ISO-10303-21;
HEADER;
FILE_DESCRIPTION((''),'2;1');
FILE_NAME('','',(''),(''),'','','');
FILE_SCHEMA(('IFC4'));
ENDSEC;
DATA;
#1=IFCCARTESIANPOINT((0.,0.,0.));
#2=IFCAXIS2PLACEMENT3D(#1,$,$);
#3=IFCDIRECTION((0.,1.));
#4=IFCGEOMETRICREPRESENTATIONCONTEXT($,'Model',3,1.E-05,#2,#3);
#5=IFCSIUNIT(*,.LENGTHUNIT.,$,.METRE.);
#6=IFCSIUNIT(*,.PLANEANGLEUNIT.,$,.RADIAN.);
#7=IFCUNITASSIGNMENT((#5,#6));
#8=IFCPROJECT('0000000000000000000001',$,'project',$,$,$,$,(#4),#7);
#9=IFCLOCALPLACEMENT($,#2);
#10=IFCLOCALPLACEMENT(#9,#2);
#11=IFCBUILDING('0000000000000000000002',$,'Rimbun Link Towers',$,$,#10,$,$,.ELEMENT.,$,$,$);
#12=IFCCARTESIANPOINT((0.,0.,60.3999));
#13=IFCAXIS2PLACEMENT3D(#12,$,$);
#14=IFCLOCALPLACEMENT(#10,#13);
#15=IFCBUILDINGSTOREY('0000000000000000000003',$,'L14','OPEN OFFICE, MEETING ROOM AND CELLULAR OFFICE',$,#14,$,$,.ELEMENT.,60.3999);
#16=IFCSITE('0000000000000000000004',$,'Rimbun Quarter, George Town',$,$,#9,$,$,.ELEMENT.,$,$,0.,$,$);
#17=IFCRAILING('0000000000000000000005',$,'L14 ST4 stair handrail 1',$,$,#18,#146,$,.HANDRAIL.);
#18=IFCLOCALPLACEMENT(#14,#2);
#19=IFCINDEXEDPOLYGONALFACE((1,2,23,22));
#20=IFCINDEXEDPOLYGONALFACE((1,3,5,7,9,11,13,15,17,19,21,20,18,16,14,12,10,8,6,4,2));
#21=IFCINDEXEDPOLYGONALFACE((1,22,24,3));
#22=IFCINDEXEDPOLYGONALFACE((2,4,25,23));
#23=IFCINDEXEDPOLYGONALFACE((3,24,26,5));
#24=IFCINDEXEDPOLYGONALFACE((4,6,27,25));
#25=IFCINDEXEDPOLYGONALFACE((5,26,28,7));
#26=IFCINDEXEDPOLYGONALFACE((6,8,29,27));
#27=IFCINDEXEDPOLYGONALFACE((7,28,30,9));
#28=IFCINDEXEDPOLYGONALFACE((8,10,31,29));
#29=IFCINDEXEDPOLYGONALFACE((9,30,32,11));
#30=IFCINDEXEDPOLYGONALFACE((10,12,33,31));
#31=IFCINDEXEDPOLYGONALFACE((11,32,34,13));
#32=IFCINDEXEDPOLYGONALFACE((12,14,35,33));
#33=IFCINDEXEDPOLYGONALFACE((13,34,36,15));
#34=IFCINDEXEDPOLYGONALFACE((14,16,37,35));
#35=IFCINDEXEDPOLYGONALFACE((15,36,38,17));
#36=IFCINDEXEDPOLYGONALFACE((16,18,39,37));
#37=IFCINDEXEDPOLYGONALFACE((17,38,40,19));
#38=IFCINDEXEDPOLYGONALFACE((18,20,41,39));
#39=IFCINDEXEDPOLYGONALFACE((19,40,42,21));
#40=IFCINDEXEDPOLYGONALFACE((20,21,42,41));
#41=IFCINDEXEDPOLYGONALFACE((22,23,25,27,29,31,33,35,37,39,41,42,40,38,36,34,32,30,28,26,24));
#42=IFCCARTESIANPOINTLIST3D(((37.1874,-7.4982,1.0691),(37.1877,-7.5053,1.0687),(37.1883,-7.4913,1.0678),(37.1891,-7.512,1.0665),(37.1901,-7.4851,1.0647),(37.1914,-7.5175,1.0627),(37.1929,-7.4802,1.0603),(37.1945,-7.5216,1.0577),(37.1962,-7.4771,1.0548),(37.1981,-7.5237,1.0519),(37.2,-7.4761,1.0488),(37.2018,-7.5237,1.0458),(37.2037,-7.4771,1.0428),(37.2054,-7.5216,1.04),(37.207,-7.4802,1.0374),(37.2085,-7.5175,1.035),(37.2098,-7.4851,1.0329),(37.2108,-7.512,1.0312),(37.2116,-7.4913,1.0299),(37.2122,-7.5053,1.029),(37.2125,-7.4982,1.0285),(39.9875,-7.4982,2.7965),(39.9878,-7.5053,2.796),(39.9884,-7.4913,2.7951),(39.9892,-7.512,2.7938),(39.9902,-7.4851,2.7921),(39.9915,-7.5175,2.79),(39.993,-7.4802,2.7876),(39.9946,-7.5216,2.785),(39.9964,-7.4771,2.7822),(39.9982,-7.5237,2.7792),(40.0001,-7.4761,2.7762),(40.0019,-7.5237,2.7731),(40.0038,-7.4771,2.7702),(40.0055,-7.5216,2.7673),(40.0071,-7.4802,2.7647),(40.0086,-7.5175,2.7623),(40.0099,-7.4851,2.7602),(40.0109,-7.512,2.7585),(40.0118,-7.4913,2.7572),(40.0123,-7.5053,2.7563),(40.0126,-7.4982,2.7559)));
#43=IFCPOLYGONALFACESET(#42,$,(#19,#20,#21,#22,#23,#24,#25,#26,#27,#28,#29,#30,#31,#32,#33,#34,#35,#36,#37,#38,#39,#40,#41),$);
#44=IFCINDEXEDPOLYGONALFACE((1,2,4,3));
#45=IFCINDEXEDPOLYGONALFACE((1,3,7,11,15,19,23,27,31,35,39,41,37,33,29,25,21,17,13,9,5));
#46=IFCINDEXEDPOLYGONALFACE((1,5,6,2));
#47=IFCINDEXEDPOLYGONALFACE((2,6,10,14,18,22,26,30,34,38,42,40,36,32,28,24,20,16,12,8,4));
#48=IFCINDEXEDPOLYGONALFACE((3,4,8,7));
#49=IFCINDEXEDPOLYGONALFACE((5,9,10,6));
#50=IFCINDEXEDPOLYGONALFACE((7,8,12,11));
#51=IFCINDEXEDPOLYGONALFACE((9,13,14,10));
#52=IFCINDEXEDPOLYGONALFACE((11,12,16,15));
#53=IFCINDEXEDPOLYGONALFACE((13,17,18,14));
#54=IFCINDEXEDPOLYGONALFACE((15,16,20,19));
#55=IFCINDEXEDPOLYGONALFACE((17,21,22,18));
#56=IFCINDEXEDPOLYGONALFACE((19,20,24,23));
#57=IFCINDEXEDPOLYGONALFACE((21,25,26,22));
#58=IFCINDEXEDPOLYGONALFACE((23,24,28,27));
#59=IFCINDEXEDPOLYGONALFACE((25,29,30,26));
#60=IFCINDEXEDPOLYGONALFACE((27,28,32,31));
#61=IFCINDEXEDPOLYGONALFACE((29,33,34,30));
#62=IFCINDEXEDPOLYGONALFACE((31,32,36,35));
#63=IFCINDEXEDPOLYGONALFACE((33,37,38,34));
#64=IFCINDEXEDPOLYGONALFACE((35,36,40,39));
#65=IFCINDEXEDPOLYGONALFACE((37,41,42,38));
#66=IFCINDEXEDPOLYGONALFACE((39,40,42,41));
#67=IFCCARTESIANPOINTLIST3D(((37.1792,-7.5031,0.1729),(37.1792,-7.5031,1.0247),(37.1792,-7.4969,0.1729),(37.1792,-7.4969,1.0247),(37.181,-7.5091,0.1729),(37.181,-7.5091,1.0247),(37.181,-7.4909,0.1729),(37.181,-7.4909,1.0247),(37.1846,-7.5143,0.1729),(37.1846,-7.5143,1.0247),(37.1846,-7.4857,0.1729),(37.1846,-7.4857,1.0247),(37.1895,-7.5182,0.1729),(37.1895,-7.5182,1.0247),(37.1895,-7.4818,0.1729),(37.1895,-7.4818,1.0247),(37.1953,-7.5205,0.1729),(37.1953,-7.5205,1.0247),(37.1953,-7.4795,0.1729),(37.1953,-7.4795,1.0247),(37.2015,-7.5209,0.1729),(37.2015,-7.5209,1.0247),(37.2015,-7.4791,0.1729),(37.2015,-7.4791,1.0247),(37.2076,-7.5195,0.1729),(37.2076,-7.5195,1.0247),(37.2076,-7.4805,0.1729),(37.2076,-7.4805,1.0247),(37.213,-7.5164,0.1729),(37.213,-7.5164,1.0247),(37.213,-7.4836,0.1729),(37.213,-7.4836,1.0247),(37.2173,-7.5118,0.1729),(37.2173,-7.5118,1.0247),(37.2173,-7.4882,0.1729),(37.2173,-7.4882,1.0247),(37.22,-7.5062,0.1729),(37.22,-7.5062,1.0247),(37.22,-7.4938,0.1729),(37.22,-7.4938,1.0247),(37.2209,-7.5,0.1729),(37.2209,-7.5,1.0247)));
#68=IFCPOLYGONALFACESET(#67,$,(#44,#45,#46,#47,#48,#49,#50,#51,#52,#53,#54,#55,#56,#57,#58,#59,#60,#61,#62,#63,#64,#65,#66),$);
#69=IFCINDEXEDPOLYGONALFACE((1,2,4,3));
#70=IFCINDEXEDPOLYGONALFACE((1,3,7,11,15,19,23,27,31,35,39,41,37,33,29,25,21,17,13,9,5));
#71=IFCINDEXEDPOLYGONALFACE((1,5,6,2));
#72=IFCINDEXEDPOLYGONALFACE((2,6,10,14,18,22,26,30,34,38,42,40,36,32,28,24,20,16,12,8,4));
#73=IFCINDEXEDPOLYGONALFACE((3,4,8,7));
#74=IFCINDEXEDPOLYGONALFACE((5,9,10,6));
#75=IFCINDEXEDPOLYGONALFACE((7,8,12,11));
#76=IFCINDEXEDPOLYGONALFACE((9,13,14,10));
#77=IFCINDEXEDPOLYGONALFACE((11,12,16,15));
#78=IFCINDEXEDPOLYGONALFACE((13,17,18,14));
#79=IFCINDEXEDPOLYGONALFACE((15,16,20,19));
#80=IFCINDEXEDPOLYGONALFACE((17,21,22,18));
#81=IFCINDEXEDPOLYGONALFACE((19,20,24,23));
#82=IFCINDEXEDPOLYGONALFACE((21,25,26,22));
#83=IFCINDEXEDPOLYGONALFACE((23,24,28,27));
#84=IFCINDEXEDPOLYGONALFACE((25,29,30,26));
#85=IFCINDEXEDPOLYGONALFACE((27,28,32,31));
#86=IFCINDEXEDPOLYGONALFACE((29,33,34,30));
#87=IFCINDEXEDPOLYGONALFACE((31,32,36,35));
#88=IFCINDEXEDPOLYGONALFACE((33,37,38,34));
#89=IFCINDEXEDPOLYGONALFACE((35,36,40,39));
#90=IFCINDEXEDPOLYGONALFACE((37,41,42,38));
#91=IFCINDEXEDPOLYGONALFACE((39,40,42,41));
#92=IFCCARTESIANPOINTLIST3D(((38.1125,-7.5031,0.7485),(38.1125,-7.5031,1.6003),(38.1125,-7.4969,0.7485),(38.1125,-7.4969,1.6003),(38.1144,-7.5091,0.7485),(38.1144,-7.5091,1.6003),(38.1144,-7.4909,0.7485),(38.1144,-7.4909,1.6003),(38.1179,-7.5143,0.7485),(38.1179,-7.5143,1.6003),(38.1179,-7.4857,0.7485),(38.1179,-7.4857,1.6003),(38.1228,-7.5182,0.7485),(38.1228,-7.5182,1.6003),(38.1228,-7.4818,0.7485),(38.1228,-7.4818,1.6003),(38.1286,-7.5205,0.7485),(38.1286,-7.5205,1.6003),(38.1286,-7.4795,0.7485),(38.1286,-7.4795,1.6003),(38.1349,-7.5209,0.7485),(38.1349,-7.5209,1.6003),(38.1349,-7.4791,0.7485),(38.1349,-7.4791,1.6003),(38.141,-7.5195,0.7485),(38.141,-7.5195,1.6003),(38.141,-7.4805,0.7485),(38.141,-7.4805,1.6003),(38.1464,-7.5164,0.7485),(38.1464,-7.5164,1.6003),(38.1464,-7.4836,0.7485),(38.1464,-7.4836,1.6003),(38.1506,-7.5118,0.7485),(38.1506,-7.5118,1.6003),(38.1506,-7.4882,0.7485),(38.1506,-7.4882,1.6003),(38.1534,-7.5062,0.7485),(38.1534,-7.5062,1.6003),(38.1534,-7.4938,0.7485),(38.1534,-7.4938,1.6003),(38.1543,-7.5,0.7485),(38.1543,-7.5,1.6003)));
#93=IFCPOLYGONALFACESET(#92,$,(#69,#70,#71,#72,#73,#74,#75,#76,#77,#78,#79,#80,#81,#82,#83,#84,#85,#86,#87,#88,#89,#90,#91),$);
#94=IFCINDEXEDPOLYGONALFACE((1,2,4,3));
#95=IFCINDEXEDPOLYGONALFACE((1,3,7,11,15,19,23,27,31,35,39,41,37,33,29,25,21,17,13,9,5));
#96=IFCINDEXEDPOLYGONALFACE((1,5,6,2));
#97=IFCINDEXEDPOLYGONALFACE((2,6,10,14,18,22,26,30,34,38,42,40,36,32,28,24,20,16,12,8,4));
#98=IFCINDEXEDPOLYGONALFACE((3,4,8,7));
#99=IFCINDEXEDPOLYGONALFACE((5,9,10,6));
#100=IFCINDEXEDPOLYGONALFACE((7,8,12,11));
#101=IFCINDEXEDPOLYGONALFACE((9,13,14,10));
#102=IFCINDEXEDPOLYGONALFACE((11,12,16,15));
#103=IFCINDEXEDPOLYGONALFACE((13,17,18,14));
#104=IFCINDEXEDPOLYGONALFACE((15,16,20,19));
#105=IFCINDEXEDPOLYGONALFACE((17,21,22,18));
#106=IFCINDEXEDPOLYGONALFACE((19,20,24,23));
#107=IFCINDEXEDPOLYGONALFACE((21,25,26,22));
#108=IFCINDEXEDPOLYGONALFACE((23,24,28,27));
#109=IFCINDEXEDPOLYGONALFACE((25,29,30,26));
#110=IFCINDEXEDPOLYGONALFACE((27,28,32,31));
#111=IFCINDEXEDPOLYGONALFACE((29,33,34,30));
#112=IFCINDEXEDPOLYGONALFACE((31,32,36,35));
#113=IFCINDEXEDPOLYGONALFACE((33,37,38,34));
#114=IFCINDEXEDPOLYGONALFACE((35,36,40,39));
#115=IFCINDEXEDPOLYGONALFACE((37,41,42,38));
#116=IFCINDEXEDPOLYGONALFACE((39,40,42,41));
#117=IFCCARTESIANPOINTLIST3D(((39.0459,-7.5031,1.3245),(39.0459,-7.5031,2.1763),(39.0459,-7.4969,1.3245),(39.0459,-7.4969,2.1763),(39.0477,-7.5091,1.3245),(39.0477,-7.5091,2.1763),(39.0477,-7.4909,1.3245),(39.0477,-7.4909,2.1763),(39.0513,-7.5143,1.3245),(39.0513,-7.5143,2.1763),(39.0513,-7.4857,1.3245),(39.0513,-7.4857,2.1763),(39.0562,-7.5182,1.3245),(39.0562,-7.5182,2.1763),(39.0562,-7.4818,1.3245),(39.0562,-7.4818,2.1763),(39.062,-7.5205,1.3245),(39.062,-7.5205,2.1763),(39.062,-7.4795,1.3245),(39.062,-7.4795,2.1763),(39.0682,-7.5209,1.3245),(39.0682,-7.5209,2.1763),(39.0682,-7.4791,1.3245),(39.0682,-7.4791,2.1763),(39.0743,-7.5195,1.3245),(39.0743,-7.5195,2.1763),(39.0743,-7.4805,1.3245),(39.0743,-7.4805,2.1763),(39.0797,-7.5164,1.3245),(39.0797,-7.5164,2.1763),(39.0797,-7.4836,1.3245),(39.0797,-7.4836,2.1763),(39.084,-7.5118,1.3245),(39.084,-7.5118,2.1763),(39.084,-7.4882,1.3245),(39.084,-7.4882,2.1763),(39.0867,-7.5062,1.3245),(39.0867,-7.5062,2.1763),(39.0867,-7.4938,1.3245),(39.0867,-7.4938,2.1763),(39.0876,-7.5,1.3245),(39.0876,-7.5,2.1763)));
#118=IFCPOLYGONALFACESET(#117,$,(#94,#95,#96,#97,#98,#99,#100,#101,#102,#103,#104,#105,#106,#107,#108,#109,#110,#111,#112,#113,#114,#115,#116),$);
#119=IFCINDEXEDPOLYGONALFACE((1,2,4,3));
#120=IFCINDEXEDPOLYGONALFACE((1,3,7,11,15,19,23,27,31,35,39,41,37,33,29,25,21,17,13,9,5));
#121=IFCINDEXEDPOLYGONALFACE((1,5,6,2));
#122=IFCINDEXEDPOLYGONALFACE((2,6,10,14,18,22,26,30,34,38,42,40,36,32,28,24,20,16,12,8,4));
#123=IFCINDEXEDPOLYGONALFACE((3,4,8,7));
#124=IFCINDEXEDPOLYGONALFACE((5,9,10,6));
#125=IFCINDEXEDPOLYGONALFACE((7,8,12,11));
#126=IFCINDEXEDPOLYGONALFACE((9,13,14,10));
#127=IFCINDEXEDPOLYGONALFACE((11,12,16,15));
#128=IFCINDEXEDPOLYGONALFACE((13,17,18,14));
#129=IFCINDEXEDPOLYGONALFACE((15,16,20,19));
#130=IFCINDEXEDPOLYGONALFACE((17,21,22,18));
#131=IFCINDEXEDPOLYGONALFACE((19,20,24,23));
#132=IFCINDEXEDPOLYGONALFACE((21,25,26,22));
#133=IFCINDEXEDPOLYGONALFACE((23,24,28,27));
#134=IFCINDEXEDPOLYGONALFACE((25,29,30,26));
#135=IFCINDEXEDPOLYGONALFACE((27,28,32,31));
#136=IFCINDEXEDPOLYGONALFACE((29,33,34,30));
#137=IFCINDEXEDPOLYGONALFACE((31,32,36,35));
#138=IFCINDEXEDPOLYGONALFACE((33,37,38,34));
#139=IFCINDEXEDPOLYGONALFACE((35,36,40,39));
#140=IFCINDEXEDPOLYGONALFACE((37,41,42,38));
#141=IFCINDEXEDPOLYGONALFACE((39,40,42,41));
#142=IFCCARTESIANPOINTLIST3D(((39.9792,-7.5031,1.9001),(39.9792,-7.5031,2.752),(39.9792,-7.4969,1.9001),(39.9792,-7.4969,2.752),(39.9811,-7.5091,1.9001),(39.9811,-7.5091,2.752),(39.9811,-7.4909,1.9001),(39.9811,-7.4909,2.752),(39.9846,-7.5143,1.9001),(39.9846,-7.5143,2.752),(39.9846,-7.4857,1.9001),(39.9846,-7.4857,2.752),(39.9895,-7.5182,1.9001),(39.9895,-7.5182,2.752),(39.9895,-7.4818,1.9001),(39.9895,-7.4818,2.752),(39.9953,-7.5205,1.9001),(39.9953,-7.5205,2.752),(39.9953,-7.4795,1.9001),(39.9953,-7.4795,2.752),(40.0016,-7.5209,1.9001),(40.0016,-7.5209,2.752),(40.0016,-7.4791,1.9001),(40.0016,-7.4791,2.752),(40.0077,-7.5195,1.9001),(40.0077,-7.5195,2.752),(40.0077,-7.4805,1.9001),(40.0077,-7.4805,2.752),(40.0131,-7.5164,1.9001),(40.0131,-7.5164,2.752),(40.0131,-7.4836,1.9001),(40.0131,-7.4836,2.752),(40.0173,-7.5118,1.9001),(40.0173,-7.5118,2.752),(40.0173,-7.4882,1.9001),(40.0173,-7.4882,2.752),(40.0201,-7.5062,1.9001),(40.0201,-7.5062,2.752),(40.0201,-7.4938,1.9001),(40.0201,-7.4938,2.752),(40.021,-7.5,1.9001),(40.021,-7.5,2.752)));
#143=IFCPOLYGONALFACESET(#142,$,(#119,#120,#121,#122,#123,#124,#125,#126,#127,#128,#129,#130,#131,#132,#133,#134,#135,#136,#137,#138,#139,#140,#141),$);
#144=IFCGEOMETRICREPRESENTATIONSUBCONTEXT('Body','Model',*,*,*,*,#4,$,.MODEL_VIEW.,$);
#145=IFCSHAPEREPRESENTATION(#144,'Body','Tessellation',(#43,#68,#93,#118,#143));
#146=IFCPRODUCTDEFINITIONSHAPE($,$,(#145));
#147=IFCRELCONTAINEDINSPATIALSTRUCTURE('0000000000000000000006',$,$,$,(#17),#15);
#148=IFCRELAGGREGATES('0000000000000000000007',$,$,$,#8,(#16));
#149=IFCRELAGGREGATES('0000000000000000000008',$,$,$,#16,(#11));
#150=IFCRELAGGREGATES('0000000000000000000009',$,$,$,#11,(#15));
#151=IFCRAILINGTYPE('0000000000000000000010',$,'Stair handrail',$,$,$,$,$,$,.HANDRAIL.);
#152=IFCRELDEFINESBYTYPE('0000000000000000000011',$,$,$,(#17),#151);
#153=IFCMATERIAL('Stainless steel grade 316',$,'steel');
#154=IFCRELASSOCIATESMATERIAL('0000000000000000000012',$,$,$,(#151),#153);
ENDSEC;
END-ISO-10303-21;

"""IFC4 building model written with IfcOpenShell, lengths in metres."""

from ifc_helpers import new_model, si_unit, direction, frame, origin, origin_2d, place, context, subcontext, project, spatial, circle, extrude, material, type_object, element, save


model = new_model("IFC4")

# Units and contexts
model_context = context("Model", 3, precision=1e-05, world=origin(), true_north=direction((0.0, 1.0)))
body_context = subcontext(model_context, "Body", "Model", "MODEL_VIEW")
ifc_project = project(units=[si_unit("LENGTHUNIT", "METRE"), si_unit("PLANEANGLEUNIT", "RADIAN")], contexts=[model_context])

# Site, building, storey
site_placement = place(None, origin())
site = spatial("IfcSite", under=ifc_project, at=site_placement, Name="Rimbun Quarter, George Town", CompositionType="ELEMENT", RefElevation=0.0)
building_placement = place(site_placement, origin())
building = spatial("IfcBuilding", under=site, at=building_placement, Name="Rimbun Link Towers", CompositionType="ELEMENT")
storey_placement = place(building_placement, frame((0.0, 0.0, 60.3999)))
storey = spatial("IfcBuildingStorey", under=building, at=storey_placement, Name="L14", Description="OPEN OFFICE, MEETING ROOM AND CELLULAR OFFICE", CompositionType="ELEMENT", Elevation=60.3999)

# Railing
ifc_material_1 = material(Name="Stainless steel grade 316", Category="steel")
railing_type_1 = type_object("IfcRailingType", Name="Stair handrail", PredefinedType="HANDRAIL", material=ifc_material_1)
railing_1_placement = place(storey_placement, frame((37.2, -7.5, 0.1729)))
element("IfcRailing", 1, at=railing_1_placement, inside=storey, type_object=railing_type_1, Name="L14 ST4 stair handrail 1", PredefinedType="HANDRAIL", context=body_context, shape_type="SweptSolid", body=[
    extrude(circle(Radius=0.0239, at=origin_2d()), frame((0.0, 0.0, 0.876), z_axis=(0.85109, 0.0, 0.52502), x_axis=(0.0, 1.0, 0.0)), (0.0, 0.0, 1.0), 3.29),
    extrude(circle(Radius=0.021, at=origin_2d()), origin(), (0.0, 0.0, 1.0), 0.8518),
    extrude(circle(Radius=0.021, at=origin_2d()), frame((0.9333, 0.0, 0.5757)), (0.0, 0.0, 1.0), 0.8518),
    extrude(circle(Radius=0.021, at=origin_2d()), frame((1.8667, 0.0, 1.1516)), (0.0, 0.0, 1.0), 0.8518),
    extrude(circle(Radius=0.021, at=origin_2d()), frame((2.8, 0.0, 1.7273)), (0.0, 0.0, 1.0), 0.8518),
])

save(model, "model.ifc")
